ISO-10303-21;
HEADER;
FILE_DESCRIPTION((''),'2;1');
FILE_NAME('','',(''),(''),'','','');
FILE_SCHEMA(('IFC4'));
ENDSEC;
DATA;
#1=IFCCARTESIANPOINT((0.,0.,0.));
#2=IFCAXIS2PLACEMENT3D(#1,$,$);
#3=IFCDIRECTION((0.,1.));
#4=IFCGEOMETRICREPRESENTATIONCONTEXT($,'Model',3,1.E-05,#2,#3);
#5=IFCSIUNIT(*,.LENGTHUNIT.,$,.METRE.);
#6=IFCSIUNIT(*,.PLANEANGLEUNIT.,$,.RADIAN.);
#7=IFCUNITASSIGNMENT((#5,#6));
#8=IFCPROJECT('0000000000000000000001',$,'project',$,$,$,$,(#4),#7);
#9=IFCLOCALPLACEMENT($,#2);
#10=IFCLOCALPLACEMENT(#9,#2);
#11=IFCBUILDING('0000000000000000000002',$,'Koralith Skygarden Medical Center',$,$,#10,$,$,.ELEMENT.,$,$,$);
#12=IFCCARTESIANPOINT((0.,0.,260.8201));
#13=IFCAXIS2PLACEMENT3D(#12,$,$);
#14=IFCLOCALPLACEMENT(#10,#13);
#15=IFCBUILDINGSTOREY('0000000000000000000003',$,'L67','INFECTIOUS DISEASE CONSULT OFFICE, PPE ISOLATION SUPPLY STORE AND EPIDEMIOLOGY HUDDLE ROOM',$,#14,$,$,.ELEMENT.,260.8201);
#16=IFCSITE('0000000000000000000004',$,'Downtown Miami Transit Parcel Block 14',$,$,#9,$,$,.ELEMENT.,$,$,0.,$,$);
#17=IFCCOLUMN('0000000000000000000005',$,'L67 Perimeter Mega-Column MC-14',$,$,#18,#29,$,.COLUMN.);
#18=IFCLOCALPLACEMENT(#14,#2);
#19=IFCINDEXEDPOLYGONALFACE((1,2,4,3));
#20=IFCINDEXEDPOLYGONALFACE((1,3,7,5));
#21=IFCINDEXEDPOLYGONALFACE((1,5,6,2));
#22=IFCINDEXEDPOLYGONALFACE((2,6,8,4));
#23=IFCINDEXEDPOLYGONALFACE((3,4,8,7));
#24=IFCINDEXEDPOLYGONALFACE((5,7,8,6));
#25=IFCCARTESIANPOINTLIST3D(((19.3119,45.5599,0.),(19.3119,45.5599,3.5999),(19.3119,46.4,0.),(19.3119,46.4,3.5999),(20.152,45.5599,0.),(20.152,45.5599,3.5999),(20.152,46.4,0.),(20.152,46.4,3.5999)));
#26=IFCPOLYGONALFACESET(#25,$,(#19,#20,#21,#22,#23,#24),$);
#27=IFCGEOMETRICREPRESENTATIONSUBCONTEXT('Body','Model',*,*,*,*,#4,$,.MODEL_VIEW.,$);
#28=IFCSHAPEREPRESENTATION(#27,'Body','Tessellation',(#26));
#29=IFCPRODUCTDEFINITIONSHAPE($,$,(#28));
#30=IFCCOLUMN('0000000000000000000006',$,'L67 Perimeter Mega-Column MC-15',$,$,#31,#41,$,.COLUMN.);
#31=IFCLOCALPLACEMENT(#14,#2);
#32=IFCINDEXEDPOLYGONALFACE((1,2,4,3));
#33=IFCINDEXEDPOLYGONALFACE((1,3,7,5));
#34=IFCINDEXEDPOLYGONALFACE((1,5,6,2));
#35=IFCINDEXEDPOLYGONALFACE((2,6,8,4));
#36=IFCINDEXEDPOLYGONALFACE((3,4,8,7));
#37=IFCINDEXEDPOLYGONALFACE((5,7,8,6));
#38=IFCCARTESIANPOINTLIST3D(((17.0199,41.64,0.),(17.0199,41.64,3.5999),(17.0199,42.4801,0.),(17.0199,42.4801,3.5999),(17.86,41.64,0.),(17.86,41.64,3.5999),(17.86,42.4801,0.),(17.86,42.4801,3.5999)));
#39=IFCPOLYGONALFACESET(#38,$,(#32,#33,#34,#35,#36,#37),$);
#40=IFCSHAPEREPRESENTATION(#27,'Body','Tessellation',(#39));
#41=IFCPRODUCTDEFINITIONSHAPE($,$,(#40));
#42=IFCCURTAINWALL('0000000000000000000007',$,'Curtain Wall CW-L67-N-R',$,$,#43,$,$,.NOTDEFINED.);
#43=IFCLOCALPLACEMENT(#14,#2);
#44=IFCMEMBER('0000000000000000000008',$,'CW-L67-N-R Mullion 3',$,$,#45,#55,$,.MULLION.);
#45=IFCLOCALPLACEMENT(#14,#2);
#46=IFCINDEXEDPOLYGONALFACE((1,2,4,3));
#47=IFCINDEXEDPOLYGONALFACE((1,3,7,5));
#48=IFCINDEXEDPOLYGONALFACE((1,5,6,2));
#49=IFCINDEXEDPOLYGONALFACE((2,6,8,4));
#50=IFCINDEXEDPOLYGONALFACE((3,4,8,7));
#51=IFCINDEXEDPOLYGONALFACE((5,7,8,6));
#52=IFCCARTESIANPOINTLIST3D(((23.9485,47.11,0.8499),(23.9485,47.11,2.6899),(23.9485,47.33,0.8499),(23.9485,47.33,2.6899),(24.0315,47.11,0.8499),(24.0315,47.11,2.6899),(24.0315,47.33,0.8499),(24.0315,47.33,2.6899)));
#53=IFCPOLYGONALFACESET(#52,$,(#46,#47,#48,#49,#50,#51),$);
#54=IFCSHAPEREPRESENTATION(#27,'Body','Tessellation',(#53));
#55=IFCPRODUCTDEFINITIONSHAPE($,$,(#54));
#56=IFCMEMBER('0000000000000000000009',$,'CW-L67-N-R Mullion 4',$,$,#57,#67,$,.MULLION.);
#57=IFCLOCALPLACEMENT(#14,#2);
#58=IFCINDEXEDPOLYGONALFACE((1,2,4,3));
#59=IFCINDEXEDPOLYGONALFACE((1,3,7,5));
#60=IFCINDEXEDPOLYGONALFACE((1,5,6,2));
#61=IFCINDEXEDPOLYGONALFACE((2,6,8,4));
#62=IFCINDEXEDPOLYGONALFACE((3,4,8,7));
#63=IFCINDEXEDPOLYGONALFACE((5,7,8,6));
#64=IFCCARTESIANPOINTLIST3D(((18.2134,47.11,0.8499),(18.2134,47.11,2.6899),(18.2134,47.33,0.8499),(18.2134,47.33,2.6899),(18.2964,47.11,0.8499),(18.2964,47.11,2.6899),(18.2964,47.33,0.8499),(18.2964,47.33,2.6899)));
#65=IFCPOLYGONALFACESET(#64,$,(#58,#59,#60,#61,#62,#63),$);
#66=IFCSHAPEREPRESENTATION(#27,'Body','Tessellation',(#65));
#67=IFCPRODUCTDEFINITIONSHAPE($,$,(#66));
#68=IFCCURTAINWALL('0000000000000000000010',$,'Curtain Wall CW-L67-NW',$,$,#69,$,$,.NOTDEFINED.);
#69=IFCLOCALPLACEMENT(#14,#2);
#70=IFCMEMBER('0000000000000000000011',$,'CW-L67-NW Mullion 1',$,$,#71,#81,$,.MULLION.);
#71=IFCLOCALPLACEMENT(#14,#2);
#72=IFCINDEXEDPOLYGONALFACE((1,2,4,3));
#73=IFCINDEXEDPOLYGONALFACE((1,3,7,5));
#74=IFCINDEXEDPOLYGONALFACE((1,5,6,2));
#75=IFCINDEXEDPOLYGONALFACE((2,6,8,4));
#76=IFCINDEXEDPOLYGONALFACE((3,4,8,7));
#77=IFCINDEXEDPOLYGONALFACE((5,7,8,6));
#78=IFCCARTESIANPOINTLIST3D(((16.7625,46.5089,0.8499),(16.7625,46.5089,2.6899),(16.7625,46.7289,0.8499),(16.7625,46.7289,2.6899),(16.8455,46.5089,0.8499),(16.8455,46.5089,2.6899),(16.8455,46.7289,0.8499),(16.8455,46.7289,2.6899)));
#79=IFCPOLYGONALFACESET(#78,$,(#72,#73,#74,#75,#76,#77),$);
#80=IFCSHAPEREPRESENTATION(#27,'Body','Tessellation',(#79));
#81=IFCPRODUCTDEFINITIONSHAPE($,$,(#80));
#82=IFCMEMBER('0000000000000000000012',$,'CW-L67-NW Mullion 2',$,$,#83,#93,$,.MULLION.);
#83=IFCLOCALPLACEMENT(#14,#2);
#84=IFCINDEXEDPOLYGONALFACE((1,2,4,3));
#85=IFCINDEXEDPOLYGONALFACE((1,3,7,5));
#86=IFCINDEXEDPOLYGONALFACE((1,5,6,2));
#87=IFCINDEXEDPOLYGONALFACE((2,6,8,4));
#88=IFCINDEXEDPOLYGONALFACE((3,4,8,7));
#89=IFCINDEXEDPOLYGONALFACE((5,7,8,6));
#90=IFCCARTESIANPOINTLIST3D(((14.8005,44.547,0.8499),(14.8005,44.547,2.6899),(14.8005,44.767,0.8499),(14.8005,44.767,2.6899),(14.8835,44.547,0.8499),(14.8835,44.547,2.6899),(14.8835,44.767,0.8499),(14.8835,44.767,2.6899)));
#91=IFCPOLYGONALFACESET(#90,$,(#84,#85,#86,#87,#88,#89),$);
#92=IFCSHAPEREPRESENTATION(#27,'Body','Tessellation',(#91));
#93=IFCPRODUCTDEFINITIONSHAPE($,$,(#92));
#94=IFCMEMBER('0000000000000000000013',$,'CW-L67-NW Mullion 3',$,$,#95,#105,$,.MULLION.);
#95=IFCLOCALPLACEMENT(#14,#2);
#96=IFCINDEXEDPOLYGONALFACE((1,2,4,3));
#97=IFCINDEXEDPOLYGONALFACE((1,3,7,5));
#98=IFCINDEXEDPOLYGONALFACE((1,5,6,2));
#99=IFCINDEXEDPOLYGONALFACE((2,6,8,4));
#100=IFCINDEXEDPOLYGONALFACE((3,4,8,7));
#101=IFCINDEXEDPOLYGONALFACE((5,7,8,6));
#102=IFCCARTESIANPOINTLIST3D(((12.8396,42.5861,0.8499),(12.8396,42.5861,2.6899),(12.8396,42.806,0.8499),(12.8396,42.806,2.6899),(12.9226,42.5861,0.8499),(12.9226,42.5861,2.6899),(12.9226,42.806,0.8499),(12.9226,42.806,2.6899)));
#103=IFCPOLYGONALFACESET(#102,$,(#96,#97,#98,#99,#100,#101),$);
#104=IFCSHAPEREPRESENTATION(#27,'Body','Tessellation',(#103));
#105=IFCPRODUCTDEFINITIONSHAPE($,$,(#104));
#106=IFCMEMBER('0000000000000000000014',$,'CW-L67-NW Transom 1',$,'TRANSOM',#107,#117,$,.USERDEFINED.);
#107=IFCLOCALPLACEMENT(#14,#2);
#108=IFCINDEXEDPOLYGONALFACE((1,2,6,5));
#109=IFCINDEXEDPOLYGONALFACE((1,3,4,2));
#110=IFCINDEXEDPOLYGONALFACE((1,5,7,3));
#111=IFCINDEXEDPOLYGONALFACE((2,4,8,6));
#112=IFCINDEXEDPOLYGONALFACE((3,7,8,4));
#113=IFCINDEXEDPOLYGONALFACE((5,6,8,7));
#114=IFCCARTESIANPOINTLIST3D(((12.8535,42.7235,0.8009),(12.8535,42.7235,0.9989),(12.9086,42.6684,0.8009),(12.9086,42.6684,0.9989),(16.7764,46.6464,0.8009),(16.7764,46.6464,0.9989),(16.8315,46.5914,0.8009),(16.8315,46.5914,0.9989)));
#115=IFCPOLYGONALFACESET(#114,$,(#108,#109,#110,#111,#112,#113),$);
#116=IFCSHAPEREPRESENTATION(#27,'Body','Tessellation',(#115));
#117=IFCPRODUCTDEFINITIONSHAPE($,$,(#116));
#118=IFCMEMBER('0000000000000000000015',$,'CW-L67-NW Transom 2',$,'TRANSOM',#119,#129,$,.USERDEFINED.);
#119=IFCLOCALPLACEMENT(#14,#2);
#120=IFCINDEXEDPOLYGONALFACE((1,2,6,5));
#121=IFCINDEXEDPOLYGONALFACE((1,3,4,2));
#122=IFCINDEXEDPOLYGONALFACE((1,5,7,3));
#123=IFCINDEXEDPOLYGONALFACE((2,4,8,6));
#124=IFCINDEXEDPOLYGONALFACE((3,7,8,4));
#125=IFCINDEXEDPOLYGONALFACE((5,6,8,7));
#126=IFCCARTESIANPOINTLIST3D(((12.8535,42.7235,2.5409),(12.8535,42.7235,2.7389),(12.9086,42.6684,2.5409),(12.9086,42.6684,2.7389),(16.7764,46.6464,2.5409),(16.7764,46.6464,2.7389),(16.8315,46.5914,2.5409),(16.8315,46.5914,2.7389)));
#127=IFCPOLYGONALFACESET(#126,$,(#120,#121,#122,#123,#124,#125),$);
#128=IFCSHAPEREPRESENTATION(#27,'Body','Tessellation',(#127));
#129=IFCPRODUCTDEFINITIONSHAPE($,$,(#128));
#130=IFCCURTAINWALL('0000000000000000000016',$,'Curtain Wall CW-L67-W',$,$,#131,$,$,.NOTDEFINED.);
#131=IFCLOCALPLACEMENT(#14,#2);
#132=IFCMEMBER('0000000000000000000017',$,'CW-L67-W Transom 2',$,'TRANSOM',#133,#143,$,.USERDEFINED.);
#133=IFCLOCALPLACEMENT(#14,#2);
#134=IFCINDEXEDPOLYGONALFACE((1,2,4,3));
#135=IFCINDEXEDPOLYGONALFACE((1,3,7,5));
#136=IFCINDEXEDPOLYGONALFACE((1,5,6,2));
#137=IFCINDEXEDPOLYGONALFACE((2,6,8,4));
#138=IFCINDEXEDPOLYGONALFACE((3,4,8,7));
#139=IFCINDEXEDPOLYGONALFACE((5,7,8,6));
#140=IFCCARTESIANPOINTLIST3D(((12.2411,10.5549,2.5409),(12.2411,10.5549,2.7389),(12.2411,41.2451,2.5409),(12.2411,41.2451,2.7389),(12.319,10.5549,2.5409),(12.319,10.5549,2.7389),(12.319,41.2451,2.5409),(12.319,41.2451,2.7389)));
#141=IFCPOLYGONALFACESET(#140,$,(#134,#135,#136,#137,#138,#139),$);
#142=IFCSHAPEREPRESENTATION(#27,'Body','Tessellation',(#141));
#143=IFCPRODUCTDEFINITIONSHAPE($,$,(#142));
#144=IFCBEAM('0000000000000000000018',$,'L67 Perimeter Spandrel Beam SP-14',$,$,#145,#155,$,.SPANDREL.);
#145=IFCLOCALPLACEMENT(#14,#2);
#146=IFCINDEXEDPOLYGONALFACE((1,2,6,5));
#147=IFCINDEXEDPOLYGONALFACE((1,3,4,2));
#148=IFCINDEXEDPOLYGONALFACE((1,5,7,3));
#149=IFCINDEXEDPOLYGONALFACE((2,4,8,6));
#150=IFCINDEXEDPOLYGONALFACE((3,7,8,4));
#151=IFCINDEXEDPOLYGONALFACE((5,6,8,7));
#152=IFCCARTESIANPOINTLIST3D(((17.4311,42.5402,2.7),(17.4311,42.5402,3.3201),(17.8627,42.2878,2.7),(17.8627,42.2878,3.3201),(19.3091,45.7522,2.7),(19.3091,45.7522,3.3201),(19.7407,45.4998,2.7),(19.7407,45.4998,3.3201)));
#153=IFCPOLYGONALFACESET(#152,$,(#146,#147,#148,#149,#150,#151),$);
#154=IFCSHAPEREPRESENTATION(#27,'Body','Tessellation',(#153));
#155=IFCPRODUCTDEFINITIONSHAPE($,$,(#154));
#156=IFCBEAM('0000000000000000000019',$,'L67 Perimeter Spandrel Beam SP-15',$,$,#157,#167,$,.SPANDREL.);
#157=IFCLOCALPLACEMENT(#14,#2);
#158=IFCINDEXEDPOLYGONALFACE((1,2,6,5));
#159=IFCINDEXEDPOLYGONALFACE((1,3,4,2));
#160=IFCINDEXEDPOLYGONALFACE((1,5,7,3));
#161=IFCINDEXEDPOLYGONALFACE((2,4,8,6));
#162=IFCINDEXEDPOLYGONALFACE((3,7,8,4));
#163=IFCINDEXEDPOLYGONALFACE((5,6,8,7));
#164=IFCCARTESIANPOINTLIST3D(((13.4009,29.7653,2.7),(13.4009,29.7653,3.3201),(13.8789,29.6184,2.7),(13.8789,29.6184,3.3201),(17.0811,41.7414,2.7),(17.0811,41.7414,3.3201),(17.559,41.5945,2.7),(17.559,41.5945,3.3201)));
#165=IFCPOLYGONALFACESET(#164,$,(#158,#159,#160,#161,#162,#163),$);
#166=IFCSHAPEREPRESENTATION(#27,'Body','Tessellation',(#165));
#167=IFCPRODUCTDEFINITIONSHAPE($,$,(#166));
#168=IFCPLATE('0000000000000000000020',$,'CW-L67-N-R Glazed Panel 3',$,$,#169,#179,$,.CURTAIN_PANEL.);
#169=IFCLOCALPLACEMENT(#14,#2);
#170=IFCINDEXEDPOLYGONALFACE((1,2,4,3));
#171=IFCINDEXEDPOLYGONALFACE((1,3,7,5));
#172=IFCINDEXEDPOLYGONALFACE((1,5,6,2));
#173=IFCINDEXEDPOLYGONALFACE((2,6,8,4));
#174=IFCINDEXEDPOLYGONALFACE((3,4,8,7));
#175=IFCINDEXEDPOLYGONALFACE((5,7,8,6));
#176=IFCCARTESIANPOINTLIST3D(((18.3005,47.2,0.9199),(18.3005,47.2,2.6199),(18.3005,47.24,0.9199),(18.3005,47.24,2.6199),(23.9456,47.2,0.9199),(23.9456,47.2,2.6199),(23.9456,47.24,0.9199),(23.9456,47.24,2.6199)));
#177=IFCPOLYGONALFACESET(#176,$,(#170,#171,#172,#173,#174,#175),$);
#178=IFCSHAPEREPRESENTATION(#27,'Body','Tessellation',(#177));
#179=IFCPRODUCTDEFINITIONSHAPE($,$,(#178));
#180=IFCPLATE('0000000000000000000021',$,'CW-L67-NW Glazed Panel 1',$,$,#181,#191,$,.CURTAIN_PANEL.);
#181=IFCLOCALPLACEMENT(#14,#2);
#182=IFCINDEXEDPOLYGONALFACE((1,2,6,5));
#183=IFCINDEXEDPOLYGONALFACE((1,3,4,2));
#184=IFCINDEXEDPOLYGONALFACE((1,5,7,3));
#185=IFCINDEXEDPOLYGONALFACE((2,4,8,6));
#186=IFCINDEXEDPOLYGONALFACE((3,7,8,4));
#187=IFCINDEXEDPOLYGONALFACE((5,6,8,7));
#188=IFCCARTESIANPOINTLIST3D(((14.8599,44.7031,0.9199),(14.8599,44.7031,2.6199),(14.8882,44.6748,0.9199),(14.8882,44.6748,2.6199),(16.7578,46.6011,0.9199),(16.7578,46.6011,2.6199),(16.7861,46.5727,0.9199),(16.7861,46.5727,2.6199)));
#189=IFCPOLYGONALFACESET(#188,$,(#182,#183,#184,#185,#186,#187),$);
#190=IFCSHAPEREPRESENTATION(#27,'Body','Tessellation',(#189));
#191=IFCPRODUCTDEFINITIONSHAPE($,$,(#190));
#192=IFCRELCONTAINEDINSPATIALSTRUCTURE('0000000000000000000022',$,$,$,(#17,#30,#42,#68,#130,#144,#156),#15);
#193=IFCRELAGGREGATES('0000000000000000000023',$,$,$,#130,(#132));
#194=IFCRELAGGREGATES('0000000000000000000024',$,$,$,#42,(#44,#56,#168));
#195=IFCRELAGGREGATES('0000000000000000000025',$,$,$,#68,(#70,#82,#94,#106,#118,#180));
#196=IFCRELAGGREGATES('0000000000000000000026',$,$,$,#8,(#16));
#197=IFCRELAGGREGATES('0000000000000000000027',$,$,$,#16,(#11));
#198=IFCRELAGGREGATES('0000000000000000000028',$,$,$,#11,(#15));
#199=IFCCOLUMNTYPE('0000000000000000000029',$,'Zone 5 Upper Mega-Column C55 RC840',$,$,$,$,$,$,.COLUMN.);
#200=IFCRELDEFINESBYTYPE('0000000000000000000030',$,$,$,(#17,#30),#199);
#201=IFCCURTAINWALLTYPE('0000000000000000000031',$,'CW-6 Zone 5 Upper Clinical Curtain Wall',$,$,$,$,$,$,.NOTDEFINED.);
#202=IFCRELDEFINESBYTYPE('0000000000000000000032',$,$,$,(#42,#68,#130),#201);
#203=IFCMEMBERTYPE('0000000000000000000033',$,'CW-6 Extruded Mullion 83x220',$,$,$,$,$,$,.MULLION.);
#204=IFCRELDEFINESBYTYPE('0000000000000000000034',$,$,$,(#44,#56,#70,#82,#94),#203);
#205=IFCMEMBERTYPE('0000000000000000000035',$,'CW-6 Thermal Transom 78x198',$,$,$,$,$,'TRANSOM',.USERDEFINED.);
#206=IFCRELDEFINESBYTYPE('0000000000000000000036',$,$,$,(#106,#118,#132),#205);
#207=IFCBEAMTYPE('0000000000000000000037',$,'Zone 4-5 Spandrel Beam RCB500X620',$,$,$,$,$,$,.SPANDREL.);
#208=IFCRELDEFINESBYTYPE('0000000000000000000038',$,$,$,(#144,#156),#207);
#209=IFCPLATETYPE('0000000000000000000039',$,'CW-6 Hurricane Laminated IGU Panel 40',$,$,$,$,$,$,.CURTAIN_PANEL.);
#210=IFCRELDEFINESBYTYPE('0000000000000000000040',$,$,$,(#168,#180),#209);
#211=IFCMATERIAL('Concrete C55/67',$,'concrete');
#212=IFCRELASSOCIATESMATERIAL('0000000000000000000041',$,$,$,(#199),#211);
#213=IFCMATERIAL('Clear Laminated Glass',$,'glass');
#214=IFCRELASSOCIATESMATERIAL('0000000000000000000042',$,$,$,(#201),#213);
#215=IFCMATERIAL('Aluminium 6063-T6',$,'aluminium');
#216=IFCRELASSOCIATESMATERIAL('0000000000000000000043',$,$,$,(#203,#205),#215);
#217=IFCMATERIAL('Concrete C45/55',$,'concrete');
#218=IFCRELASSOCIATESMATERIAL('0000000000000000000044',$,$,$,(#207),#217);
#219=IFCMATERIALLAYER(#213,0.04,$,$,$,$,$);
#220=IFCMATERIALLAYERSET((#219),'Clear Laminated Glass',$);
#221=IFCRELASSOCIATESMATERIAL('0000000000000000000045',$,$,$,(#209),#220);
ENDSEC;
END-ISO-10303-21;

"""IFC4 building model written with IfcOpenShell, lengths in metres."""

from ifc_helpers import new_model, si_unit, direction, frame, origin, origin_2d, place, context, subcontext, project, spatial, rectangle, extrude, material, layer, layer_set, material_profile, profile_set, type_object, element, aggregate, save


model = new_model("IFC4")

# Units and contexts
model_context = context("Model", 3, precision=1e-05, world=origin(), true_north=direction((0.0, 1.0)))
body_context = subcontext(model_context, "Body", "Model", "MODEL_VIEW")
ifc_project = project(units=[si_unit("LENGTHUNIT", "METRE"), si_unit("PLANEANGLEUNIT", "RADIAN")], contexts=[model_context])

# Site, building, storey
site_placement = place(None, origin())
site = spatial("IfcSite", under=ifc_project, at=site_placement, Name="Downtown Miami Transit Parcel Block 14", CompositionType="ELEMENT", RefElevation=0.0)
building_placement = place(site_placement, origin())
building = spatial("IfcBuilding", under=site, at=building_placement, Name="Koralith Skygarden Medical Center", CompositionType="ELEMENT")
storey_placement = place(building_placement, frame((0.0, 0.0, 260.8201)))
storey = spatial("IfcBuildingStorey", under=building, at=storey_placement, Name="L67", Description="INFECTIOUS DISEASE CONSULT OFFICE, PPE ISOLATION SUPPLY STORE AND EPIDEMIOLOGY HUDDLE ROOM", CompositionType="ELEMENT", Elevation=260.8201)

# Columns
ifc_material_1 = material(Name="Concrete C55/67", Category="concrete")
ifc_material_profile_1 = material_profile(ifc_material_1, rectangle(XDim=0.8401, YDim=0.8401, at=origin_2d()), Name="RC840X840")
ifc_profile_set_1 = profile_set([ifc_material_profile_1], Name="Concrete C55/67")
column_type = type_object("IfcColumnType", Name="Zone 5 Upper Mega-Column C55 RC840", PredefinedType="COLUMN", material=ifc_profile_set_1)
for number, where, z_axis, x_axis, name in (
    (1, (19.7319, 45.98, 0.0), (0.0, 0.0, 1.0), (1.0, 0.0, 0.0), "L67 Perimeter Mega-Column MC-14"),
    (2, (17.4399, 42.0601, 0.0), (0.0, 0.0, 1.0), (1.0, 0.0, 0.0), "L67 Perimeter Mega-Column MC-15"),
):
    element("IfcColumn", number, at=place(storey_placement, frame(where, z_axis=z_axis, x_axis=x_axis)), inside=storey, type_object=column_type, Name=name, PredefinedType="COLUMN", context=body_context, shape_type="SweptSolid", body=[
        extrude(rectangle(XDim=0.8401, YDim=0.8401, at=origin_2d()), origin(), (0.0, 0.0, 1.0), 3.5999),
    ])

# Curtain walls, members
ifc_material_2 = material(Name="Clear Laminated Glass", Category="glass")
curtain_wall_type = type_object("IfcCurtainWallType", Name="CW-6 Zone 5 Upper Clinical Curtain Wall", PredefinedType="NOTDEFINED", material=ifc_material_2)
curtain_wall_1_placement = place(storey_placement, origin())
curtain_wall_1 = element("IfcCurtainWall", 3, at=curtain_wall_1_placement, inside=storey, type_object=curtain_wall_type, Name="Curtain Wall CW-L67-N-R", PredefinedType="NOTDEFINED")
ifc_material_3 = material(Name="Aluminium 6063-T6", Category="aluminium")
ifc_material_profile_2 = material_profile(ifc_material_3, rectangle(XDim=0.083, YDim=0.22, at=origin_2d()), Name="MUL83X220")
ifc_profile_set_2 = profile_set([ifc_material_profile_2], Name="Aluminium 6063-T6")
member_type_1 = type_object("IfcMemberType", Name="CW-6 Extruded Mullion 83x220", PredefinedType="MULLION", material=ifc_profile_set_2)
member_1_placement = place(storey_placement, frame((23.99, 47.22, 0.8499), z_axis=(0.0, 0.0, 1.0), x_axis=(1.0, 0.0, 0.0)))
member_1 = element("IfcMember", 4, at=member_1_placement, type_object=member_type_1, Name="CW-L67-N-R Mullion 3", PredefinedType="MULLION", context=body_context, shape_type="SweptSolid", body=[
    extrude(rectangle(XDim=0.083, YDim=0.22, at=origin_2d()), origin(), (0.0, 0.0, 1.0), 1.8401),
])
member_2_placement = place(storey_placement, frame((18.2549, 47.22, 0.8499), z_axis=(0.0, 0.0, 1.0), x_axis=(1.0, 0.0, 0.0)))
member_2 = element("IfcMember", 5, at=member_2_placement, type_object=member_type_1, Name="CW-L67-N-R Mullion 4", PredefinedType="MULLION", context=body_context, shape_type="SweptSolid", body=[
    extrude(rectangle(XDim=0.083, YDim=0.22, at=origin_2d()), origin(), (0.0, 0.0, 1.0), 1.8401),
])
curtain_wall_2_placement = place(storey_placement, origin())
curtain_wall_2 = element("IfcCurtainWall", 6, at=curtain_wall_2_placement, inside=storey, type_object=curtain_wall_type, Name="Curtain Wall CW-L67-NW", PredefinedType="NOTDEFINED")
member_3_placement = place(storey_placement, frame((16.804, 46.6189, 0.8499), z_axis=(0.0, 0.0, 1.0), x_axis=(1.0, 0.0, 0.0)))
member_3 = element("IfcMember", 7, at=member_3_placement, type_object=member_type_1, Name="CW-L67-NW Mullion 1", PredefinedType="MULLION", context=body_context, shape_type="SweptSolid", body=[
    extrude(rectangle(XDim=0.083, YDim=0.22, at=origin_2d()), origin(), (0.0, 0.0, 1.0), 1.8401),
])
member_4_placement = place(storey_placement, frame((14.842, 44.657, 0.8499), z_axis=(0.0, 0.0, 1.0), x_axis=(1.0, 0.0, 0.0)))
member_4 = element("IfcMember", 8, at=member_4_placement, type_object=member_type_1, Name="CW-L67-NW Mullion 2", PredefinedType="MULLION", context=body_context, shape_type="SweptSolid", body=[
    extrude(rectangle(XDim=0.083, YDim=0.22, at=origin_2d()), origin(), (0.0, 0.0, 1.0), 1.8401),
])
member_5_placement = place(storey_placement, frame((12.8811, 42.696, 0.8499), z_axis=(0.0, 0.0, 1.0), x_axis=(1.0, 0.0, 0.0)))
member_5 = element("IfcMember", 9, at=member_5_placement, type_object=member_type_1, Name="CW-L67-NW Mullion 3", PredefinedType="MULLION", context=body_context, shape_type="SweptSolid", body=[
    extrude(rectangle(XDim=0.083, YDim=0.22, at=origin_2d()), origin(), (0.0, 0.0, 1.0), 1.8401),
])
ifc_material_profile_3 = material_profile(ifc_material_3, rectangle(XDim=0.0779, YDim=0.198, at=origin_2d()), Name="TRN78X198")
ifc_profile_set_3 = profile_set([ifc_material_profile_3], Name="Aluminium 6063-T6")
member_type_2 = type_object("IfcMemberType", Name="CW-6 Thermal Transom 78x198", ElementType="TRANSOM", PredefinedType="USERDEFINED", material=ifc_profile_set_3)
member_6_placement = place(storey_placement, frame((16.804, 46.6189, 0.8999), z_axis=(-0.707107, -0.707107, 0.0), x_axis=(0.707107, -0.707107, 0.0)))
member_6 = element("IfcMember", 10, at=member_6_placement, type_object=member_type_2, Name="CW-L67-NW Transom 1", ObjectType="TRANSOM", PredefinedType="USERDEFINED", context=body_context, shape_type="SweptSolid", body=[
    extrude(rectangle(XDim=0.0779, YDim=0.198, at=origin_2d()), origin(), (0.0, 0.0, 1.0), 5.5479),
])
member_7_placement = place(storey_placement, frame((16.804, 46.6189, 2.6399), z_axis=(-0.707107, -0.707107, 0.0), x_axis=(0.707107, -0.707107, 0.0)))
member_7 = element("IfcMember", 11, at=member_7_placement, type_object=member_type_2, Name="CW-L67-NW Transom 2", ObjectType="TRANSOM", PredefinedType="USERDEFINED", context=body_context, shape_type="SweptSolid", body=[
    extrude(rectangle(XDim=0.0779, YDim=0.198, at=origin_2d()), origin(), (0.0, 0.0, 1.0), 5.5479),
])

# Curtain wall, member
curtain_wall_3_placement = place(storey_placement, origin())
curtain_wall_3 = element("IfcCurtainWall", 12, at=curtain_wall_3_placement, inside=storey, type_object=curtain_wall_type, Name="Curtain Wall CW-L67-W", PredefinedType="NOTDEFINED")
member_8_placement = place(storey_placement, frame((12.28, 41.2451, 2.6399), z_axis=(0.0, -1.0, 0.0), x_axis=(1.0, 0.0, 0.0)))
member_8 = element("IfcMember", 13, at=member_8_placement, type_object=member_type_2, Name="CW-L67-W Transom 2", ObjectType="TRANSOM", PredefinedType="USERDEFINED", context=body_context, shape_type="SweptSolid", body=[
    extrude(rectangle(XDim=0.0779, YDim=0.198, at=origin_2d()), origin(), (0.0, 0.0, 1.0), 30.6902),
])
aggregate(curtain_wall_3, [member_8])

# Beams
ifc_material_4 = material(Name="Concrete C45/55", Category="concrete")
ifc_material_profile_4 = material_profile(ifc_material_4, rectangle(XDim=0.5, YDim=0.6201, at=origin_2d()), Name="RCB500X620")
ifc_profile_set_4 = profile_set([ifc_material_profile_4], Name="Concrete C45/55")
beam_type = type_object("IfcBeamType", Name="Zone 4-5 Spandrel Beam RCB500X620", PredefinedType="SPANDREL", material=ifc_profile_set_4)
beam_1_placement = place(storey_placement, frame((19.5249, 45.626, 3.01), z_axis=(-0.504736, -0.863274, 0.0), x_axis=(0.863274, -0.504736, 0.0)))
element("IfcBeam", 14, at=beam_1_placement, inside=storey, type_object=beam_type, Name="L67 Perimeter Spandrel Beam SP-14", PredefinedType="SPANDREL", context=body_context, shape_type="SweptSolid", body=[
    extrude(rectangle(XDim=0.5, YDim=0.6201, at=origin_2d()), origin(), (0.0, 0.0, 1.0), 3.7207),
])
beam_2_placement = place(storey_placement, frame((17.3201, 41.668, 3.01), z_axis=(-0.293738, -0.955886, 0.0), x_axis=(0.955886, -0.293738, 0.0)))
element("IfcBeam", 15, at=beam_2_placement, inside=storey, type_object=beam_type, Name="L67 Perimeter Spandrel Beam SP-15", PredefinedType="SPANDREL", context=body_context, shape_type="SweptSolid", body=[
    extrude(rectangle(XDim=0.5, YDim=0.6201, at=origin_2d()), origin(), (0.0, 0.0, 1.0), 12.5288),
])

# Plates
ifc_layer_1 = layer(ifc_material_2, 0.04)
ifc_layer_set_1 = layer_set([ifc_layer_1], Name="Clear Laminated Glass")
plate_type_1 = type_object("IfcPlateType", Name="CW-6 Hurricane Laminated IGU Panel 40", PredefinedType="CURTAIN_PANEL", material=ifc_layer_set_1)
plate_1_placement = place(storey_placement, frame((21.123, 47.22, 0.9199), z_axis=(0.0, 0.0, 1.0), x_axis=(-1.0, 0.0, 0.0)))
plate_1 = element("IfcPlate", 16, at=plate_1_placement, type_object=plate_type_1, Name="CW-L67-N-R Glazed Panel 3", PredefinedType="CURTAIN_PANEL", context=body_context, shape_type="SweptSolid", body=[
    extrude(rectangle(XDim=5.645, YDim=0.04, at=origin_2d()), origin(), (0.0, 0.0, 1.0), 1.7),
])
aggregate(curtain_wall_1, [member_1, member_2, plate_1])
plate_2_placement = place(storey_placement, frame((15.823, 45.6379, 0.9199), z_axis=(0.0, 0.0, 1.0), x_axis=(-0.707107, -0.707107, 0.0)))
plate_2 = element("IfcPlate", 17, at=plate_2_placement, type_object=plate_type_1, Name="CW-L67-NW Glazed Panel 1", PredefinedType="CURTAIN_PANEL", context=body_context, shape_type="SweptSolid", body=[
    extrude(rectangle(XDim=2.6841, YDim=0.04, at=origin_2d()), origin(), (0.0, 0.0, 1.0), 1.7),
])
aggregate(curtain_wall_2, [member_3, member_4, member_5, member_6, member_7, plate_2])

save(model, "model.ifc")
